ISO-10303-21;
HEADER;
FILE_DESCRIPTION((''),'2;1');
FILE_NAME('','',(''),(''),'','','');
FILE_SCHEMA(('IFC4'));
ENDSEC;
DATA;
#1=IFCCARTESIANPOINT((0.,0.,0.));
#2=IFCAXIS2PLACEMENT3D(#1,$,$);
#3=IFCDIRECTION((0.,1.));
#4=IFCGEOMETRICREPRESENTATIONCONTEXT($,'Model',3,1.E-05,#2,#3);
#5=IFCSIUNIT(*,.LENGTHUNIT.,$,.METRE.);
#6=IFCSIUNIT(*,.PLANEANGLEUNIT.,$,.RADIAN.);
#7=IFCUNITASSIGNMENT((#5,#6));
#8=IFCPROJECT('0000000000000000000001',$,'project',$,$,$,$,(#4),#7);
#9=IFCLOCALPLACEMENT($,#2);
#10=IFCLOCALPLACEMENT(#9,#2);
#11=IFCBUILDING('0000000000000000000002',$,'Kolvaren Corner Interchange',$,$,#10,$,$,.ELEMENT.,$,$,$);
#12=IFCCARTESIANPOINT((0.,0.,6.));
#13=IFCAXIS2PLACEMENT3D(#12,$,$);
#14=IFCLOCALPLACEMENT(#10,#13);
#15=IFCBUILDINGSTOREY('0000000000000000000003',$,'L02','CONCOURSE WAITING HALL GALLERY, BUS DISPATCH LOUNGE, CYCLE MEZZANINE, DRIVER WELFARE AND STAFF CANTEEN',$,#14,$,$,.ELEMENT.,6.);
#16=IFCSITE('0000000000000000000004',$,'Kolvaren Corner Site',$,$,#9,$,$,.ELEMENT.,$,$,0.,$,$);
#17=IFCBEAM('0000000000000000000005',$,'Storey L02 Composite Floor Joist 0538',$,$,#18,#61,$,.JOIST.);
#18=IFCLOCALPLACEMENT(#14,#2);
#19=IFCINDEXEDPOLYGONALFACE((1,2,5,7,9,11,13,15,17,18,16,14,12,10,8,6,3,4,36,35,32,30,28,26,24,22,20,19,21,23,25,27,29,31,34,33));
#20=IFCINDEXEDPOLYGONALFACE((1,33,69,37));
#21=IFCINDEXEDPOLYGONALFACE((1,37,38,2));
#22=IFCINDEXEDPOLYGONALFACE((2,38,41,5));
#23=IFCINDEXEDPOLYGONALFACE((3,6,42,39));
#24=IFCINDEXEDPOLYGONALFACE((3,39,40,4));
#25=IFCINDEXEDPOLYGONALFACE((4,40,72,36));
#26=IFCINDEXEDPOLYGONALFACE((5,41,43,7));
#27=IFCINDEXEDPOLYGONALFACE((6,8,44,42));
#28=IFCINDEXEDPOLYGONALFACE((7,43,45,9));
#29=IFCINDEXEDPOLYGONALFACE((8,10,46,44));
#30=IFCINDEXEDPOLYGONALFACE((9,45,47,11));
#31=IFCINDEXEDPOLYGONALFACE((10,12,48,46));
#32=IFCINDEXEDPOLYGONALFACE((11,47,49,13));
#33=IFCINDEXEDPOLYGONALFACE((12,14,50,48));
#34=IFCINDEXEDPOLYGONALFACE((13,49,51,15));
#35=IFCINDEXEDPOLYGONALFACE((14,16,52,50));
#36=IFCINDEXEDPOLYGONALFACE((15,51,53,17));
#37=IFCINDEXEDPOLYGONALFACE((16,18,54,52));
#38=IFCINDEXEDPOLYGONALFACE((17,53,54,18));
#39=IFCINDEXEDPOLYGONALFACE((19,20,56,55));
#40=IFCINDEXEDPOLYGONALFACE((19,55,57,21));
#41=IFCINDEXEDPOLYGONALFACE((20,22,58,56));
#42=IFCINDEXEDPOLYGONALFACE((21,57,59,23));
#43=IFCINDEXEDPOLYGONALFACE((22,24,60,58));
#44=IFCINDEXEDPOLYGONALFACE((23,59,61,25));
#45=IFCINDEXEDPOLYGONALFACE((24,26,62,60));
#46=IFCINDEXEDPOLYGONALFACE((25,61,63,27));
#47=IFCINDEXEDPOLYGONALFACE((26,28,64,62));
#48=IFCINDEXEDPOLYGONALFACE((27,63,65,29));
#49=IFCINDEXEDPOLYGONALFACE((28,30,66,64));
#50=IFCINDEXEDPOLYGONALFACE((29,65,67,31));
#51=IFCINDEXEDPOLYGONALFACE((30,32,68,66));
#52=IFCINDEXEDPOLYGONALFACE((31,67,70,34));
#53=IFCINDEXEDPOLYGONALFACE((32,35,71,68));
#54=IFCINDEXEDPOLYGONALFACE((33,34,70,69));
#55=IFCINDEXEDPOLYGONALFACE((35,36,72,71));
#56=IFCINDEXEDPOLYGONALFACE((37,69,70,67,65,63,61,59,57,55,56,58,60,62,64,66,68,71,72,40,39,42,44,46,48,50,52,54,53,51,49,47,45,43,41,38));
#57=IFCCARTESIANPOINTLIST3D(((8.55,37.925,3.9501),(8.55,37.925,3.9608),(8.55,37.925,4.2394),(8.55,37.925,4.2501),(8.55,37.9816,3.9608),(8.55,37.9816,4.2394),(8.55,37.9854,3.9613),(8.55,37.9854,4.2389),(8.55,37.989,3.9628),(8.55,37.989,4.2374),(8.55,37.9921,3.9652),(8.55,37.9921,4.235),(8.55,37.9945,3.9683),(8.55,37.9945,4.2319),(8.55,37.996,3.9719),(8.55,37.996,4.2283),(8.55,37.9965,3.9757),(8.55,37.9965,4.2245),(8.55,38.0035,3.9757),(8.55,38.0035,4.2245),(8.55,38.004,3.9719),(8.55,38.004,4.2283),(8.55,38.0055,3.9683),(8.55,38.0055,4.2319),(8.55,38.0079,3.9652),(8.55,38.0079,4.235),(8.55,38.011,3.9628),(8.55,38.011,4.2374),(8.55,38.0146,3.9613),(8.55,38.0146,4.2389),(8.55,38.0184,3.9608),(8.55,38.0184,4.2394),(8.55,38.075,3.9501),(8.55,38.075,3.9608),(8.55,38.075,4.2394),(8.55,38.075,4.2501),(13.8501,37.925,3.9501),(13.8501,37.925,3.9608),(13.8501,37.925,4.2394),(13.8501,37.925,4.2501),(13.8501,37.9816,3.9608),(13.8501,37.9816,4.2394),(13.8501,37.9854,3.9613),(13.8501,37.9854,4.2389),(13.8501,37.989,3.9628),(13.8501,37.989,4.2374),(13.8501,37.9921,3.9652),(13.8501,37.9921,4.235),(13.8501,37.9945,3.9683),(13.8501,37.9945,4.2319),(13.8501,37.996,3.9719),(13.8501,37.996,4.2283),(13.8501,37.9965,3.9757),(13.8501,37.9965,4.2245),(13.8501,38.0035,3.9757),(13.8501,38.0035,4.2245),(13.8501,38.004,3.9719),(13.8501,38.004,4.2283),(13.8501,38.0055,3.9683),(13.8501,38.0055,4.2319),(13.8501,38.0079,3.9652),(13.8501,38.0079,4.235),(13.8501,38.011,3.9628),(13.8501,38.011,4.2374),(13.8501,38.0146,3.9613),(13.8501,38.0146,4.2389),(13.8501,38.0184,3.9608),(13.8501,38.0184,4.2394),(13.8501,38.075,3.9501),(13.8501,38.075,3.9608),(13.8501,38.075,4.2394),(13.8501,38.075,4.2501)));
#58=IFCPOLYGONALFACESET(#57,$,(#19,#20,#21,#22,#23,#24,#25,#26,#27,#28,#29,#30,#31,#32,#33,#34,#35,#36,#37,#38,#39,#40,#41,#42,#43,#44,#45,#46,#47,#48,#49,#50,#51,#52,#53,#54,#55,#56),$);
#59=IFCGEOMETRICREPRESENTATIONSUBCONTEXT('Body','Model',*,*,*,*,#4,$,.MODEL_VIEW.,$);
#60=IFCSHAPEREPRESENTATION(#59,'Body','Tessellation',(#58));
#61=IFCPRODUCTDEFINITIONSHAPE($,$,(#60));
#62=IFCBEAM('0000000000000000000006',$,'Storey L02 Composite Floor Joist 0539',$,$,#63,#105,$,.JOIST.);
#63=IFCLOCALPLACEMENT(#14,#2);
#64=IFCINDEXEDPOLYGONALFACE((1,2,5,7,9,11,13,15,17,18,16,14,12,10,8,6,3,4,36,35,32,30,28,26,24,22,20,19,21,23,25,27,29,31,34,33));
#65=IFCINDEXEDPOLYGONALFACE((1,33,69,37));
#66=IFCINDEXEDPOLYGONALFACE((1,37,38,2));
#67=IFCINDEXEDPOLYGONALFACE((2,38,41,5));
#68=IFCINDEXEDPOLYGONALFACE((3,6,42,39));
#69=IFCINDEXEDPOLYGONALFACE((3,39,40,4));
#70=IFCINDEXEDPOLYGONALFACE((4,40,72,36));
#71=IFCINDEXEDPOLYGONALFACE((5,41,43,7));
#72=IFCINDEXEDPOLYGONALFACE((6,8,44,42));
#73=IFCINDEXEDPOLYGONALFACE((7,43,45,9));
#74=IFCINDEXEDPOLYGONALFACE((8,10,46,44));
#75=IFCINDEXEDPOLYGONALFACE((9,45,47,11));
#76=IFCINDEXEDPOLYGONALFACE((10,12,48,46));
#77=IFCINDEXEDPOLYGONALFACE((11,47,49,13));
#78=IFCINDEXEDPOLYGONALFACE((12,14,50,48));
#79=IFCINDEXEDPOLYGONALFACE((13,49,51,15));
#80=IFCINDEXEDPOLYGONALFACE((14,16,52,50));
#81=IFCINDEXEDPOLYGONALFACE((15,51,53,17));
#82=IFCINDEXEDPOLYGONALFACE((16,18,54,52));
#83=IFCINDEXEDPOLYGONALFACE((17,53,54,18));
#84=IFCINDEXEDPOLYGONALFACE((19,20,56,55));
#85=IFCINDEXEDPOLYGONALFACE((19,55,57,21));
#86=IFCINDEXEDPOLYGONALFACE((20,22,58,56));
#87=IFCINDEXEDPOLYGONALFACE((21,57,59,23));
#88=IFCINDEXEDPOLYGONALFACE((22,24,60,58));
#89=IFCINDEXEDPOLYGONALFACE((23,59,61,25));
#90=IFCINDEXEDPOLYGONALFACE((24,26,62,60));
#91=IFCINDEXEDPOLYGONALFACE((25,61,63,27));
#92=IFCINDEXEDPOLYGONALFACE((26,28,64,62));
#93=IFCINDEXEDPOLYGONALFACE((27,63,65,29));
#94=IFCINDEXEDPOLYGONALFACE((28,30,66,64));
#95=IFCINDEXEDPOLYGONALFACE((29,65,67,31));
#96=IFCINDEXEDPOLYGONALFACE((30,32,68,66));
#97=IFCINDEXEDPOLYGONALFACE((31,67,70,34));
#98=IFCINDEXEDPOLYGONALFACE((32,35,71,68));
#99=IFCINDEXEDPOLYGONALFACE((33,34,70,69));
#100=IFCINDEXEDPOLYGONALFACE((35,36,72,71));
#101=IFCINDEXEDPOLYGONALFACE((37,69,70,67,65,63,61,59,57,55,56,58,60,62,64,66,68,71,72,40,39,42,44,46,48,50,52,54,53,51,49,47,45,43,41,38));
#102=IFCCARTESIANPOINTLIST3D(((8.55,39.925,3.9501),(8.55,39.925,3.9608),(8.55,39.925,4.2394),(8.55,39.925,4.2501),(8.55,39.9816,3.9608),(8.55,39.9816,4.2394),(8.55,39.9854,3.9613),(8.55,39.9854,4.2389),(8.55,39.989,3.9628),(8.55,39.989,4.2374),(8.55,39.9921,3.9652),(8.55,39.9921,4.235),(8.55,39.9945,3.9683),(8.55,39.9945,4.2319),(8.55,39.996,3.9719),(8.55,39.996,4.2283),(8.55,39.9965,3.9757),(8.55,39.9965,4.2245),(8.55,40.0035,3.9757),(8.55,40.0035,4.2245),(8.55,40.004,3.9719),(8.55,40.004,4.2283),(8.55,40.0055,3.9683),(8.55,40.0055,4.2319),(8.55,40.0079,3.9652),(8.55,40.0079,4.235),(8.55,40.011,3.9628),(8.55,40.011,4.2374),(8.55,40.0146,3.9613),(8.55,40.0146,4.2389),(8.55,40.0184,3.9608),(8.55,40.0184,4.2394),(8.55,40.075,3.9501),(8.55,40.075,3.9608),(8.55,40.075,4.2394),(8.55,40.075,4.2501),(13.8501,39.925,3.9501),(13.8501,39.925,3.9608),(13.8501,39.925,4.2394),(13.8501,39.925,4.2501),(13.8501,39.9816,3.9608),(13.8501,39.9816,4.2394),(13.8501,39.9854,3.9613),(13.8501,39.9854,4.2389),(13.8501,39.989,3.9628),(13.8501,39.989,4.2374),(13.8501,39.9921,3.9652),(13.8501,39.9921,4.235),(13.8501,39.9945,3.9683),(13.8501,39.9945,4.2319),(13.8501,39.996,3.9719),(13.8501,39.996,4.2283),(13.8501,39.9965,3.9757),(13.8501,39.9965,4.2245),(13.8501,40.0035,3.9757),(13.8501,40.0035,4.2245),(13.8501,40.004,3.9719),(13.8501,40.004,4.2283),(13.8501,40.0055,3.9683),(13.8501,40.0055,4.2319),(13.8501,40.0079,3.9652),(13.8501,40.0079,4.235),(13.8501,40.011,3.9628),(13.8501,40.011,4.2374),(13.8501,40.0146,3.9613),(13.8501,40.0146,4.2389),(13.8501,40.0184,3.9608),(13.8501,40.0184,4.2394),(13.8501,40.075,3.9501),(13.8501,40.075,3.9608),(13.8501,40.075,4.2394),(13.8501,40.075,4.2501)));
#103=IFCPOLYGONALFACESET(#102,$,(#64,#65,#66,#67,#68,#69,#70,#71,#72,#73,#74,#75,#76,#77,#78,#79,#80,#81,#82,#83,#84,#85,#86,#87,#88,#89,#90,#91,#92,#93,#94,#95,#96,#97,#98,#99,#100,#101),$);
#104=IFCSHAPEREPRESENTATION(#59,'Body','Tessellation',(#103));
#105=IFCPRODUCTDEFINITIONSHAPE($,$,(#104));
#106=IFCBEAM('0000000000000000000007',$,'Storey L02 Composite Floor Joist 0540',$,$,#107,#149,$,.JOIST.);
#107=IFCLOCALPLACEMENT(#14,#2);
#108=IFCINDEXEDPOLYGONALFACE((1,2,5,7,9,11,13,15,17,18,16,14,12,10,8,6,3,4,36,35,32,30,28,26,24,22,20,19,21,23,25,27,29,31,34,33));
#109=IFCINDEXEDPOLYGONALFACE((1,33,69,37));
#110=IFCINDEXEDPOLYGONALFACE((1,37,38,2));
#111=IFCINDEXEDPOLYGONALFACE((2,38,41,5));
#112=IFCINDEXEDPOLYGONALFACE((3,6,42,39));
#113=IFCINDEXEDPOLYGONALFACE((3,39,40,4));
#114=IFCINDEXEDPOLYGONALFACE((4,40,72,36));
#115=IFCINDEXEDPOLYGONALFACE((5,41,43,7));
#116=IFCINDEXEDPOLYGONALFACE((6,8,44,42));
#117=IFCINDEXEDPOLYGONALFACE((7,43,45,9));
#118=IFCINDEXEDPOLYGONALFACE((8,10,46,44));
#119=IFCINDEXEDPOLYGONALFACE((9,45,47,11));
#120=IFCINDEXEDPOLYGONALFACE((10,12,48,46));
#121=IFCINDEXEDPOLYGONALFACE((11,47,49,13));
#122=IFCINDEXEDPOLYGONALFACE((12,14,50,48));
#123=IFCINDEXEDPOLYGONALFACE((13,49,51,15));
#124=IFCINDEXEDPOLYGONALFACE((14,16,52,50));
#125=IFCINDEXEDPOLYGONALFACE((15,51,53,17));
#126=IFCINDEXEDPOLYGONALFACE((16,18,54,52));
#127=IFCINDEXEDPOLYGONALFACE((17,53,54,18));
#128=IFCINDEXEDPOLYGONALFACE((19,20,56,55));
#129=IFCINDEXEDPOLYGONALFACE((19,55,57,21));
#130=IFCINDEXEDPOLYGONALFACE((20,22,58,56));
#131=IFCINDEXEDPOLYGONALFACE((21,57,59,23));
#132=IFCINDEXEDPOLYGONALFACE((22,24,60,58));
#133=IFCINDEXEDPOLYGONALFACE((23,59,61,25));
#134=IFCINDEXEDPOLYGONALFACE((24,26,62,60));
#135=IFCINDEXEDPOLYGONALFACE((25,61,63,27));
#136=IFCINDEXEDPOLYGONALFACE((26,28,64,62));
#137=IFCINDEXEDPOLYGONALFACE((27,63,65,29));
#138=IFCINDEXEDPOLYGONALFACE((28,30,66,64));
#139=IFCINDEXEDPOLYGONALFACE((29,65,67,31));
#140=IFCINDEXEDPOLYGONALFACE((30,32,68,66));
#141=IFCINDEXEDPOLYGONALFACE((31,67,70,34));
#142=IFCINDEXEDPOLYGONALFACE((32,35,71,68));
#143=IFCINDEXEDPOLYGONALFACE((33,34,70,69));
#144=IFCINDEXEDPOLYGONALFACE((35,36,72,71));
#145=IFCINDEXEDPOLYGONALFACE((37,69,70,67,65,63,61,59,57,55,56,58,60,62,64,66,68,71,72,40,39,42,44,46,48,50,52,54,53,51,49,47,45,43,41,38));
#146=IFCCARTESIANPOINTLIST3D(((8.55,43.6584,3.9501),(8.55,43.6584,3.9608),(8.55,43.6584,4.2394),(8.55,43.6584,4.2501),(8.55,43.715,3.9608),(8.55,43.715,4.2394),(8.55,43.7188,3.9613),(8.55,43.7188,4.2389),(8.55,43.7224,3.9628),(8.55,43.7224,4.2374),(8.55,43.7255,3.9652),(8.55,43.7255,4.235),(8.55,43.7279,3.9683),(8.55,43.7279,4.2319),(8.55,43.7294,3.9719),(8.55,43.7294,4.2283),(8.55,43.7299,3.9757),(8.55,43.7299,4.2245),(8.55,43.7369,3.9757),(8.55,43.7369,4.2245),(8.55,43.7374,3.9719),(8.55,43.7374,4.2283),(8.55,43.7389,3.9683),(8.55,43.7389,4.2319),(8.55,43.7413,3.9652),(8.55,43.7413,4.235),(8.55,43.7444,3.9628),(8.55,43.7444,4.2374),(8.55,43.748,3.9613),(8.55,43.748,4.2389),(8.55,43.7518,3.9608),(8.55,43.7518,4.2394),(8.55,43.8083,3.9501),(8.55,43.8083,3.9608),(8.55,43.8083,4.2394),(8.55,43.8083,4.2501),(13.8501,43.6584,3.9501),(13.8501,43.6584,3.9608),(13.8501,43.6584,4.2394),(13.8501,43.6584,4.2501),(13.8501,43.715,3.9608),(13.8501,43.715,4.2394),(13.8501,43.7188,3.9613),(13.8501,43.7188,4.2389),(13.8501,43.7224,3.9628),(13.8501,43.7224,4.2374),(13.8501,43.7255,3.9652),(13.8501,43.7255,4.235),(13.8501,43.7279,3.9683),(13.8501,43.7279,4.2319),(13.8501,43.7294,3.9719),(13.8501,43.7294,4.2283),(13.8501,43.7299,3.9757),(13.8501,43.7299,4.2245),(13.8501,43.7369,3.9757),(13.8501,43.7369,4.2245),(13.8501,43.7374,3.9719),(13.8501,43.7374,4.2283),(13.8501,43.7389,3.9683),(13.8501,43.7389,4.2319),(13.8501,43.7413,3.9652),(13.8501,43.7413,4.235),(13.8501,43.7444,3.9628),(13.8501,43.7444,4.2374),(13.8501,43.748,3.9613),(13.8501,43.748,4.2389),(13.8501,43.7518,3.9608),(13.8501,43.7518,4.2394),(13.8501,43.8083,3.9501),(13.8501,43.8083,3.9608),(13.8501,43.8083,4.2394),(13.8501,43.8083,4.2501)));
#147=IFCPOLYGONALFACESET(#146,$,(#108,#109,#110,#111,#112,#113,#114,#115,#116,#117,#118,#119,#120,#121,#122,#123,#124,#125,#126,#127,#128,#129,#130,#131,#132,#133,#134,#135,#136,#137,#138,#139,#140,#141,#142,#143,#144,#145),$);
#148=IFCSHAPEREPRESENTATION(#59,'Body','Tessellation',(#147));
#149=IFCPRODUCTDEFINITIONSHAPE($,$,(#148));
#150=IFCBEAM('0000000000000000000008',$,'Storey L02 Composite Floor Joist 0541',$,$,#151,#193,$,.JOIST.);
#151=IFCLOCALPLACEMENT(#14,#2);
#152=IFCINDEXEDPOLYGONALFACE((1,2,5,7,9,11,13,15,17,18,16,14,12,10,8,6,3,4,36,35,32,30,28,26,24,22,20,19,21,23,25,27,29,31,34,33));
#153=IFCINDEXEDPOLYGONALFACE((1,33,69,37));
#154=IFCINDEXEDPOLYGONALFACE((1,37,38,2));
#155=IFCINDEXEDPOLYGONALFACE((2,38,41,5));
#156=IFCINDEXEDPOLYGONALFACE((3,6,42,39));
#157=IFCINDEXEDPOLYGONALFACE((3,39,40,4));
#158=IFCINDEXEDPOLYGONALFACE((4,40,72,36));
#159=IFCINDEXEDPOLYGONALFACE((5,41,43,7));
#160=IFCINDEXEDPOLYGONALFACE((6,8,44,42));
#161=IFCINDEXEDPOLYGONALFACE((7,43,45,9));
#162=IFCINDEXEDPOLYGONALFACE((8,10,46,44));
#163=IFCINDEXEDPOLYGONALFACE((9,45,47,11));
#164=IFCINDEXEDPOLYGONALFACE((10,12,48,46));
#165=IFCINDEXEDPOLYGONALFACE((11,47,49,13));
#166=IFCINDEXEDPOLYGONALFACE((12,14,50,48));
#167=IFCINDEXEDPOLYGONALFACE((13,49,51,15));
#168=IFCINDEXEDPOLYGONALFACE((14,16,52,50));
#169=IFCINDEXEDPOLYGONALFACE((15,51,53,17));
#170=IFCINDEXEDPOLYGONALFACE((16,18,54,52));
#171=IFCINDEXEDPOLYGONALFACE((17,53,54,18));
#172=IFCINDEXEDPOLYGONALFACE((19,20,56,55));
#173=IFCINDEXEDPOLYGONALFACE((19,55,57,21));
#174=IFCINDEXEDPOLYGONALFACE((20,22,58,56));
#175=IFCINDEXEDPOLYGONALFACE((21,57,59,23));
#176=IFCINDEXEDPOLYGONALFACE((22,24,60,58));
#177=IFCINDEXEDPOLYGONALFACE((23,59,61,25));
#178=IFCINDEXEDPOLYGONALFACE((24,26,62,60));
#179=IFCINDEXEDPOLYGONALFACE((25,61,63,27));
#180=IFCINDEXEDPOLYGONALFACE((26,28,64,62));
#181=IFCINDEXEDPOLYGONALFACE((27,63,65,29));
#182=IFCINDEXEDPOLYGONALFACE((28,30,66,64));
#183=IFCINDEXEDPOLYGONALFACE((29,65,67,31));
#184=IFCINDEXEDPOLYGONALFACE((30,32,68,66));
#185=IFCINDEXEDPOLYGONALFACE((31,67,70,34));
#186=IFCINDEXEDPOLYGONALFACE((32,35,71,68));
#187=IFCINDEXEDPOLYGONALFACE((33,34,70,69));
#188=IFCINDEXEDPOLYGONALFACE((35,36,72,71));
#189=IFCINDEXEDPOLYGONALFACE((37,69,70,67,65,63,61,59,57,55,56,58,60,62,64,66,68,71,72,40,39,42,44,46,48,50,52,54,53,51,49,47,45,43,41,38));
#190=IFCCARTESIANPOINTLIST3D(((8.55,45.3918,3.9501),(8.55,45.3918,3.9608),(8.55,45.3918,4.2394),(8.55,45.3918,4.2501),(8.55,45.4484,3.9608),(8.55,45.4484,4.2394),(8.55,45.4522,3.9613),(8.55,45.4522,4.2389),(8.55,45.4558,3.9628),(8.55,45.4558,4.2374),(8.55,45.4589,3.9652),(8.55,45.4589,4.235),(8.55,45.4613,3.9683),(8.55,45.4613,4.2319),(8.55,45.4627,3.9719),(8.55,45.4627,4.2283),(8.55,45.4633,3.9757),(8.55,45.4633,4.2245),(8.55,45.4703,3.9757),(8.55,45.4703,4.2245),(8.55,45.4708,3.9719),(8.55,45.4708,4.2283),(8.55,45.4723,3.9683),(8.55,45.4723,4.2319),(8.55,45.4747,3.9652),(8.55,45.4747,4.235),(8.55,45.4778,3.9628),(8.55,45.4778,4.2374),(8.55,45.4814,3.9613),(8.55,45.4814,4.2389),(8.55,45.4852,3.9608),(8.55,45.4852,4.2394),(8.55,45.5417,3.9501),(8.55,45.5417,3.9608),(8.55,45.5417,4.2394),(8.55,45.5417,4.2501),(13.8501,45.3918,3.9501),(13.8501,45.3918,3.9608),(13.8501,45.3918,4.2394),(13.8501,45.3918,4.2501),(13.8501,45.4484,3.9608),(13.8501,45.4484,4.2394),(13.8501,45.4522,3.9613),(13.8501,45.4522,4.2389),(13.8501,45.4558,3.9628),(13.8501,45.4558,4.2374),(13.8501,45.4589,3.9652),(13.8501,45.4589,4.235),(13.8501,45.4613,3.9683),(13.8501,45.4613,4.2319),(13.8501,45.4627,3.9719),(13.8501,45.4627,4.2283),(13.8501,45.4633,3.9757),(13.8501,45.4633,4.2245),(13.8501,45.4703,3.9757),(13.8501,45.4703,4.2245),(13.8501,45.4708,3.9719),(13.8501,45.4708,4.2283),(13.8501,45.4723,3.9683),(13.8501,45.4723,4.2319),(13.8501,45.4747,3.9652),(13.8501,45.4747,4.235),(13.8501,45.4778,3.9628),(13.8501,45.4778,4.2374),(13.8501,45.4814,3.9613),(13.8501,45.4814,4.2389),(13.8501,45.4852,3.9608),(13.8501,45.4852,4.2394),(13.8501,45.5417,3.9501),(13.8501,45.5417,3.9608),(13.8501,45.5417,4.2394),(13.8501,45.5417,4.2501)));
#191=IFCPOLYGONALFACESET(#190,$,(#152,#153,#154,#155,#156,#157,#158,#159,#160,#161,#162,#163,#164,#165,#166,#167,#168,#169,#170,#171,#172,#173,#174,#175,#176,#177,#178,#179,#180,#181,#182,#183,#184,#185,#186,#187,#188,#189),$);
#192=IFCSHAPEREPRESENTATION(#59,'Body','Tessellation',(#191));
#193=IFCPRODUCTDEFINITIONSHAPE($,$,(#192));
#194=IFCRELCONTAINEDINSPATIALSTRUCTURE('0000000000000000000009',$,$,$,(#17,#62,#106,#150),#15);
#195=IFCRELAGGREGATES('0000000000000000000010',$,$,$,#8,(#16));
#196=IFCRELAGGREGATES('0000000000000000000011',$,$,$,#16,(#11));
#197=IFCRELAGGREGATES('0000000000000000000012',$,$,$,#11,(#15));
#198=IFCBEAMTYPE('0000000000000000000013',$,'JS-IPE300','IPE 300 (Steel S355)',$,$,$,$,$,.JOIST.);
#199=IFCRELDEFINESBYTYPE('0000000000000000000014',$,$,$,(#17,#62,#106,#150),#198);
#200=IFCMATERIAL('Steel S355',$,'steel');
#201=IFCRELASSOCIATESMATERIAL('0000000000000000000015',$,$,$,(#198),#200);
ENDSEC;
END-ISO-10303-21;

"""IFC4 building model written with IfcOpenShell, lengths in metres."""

from ifc_helpers import new_model, si_unit, direction, frame, origin, origin_2d, place, context, subcontext, project, spatial, i_section, extrude, material, material_profile, profile_set, type_object, element, save


model = new_model("IFC4")

# Units and contexts
model_context = context("Model", 3, precision=1e-05, world=origin(), true_north=direction((0.0, 1.0)))
body_context = subcontext(model_context, "Body", "Model", "MODEL_VIEW")
ifc_project = project(units=[si_unit("LENGTHUNIT", "METRE"), si_unit("PLANEANGLEUNIT", "RADIAN")], contexts=[model_context])

# Site, building, storey
site_placement = place(None, origin())
site = spatial("IfcSite", under=ifc_project, at=site_placement, Name="Kolvaren Corner Site", CompositionType="ELEMENT", RefElevation=0.0)
building_placement = place(site_placement, origin())
building = spatial("IfcBuilding", under=site, at=building_placement, Name="Kolvaren Corner Interchange", CompositionType="ELEMENT")
storey_placement = place(building_placement, frame((0.0, 0.0, 6.0)))
storey = spatial("IfcBuildingStorey", under=building, at=storey_placement, Name="L02", Description="CONCOURSE WAITING HALL GALLERY, BUS DISPATCH LOUNGE, CYCLE MEZZANINE, DRIVER WELFARE AND STAFF CANTEEN", CompositionType="ELEMENT", Elevation=6.0)

# Beams
ifc_material_1 = material(Name="Steel S355", Category="steel")
ifc_material_profile_1 = material_profile(ifc_material_1, i_section(OverallWidth=0.1499, OverallDepth=0.3, WebThickness=0.0071, FlangeThickness=0.0107, FilletRadius=0.0149, at=origin_2d()), Name="IPE 300")
ifc_profile_set_1 = profile_set([ifc_material_profile_1], Name="Steel S355")
beam_type_1 = type_object("IfcBeamType", Name="JS-IPE300", Description="IPE 300 (Steel S355)", PredefinedType="JOIST", material=ifc_profile_set_1)
for number, where, z_axis, x_axis, name in (
    (1, (8.55, 38.0, 4.1001), (1.0, 0.0, 0.0), (0.0, 1.0, 0.0), "Storey L02 Composite Floor Joist 0538"),
    (2, (8.55, 40.0, 4.1001), (1.0, 0.0, 0.0), (0.0, 1.0, 0.0), "Storey L02 Composite Floor Joist 0539"),
    (3, (8.55, 43.7334, 4.1001), (1.0, 0.0, 0.0), (0.0, 1.0, 0.0), "Storey L02 Composite Floor Joist 0540"),
    (4, (8.55, 45.4668, 4.1001), (1.0, 0.0, 0.0), (0.0, 1.0, 0.0), "Storey L02 Composite Floor Joist 0541"),
):
    element("IfcBeam", number, at=place(storey_placement, frame(where, z_axis=z_axis, x_axis=x_axis)), inside=storey, type_object=beam_type_1, Name=name, PredefinedType="JOIST", context=body_context, shape_type="SweptSolid", body=[
        extrude(i_section(OverallWidth=0.1499, OverallDepth=0.3, WebThickness=0.0071, FlangeThickness=0.0107, FilletRadius=0.0149, at=origin_2d()), origin(), (0.0, 0.0, 1.0), 5.3),
    ])

save(model, "model.ifc")
